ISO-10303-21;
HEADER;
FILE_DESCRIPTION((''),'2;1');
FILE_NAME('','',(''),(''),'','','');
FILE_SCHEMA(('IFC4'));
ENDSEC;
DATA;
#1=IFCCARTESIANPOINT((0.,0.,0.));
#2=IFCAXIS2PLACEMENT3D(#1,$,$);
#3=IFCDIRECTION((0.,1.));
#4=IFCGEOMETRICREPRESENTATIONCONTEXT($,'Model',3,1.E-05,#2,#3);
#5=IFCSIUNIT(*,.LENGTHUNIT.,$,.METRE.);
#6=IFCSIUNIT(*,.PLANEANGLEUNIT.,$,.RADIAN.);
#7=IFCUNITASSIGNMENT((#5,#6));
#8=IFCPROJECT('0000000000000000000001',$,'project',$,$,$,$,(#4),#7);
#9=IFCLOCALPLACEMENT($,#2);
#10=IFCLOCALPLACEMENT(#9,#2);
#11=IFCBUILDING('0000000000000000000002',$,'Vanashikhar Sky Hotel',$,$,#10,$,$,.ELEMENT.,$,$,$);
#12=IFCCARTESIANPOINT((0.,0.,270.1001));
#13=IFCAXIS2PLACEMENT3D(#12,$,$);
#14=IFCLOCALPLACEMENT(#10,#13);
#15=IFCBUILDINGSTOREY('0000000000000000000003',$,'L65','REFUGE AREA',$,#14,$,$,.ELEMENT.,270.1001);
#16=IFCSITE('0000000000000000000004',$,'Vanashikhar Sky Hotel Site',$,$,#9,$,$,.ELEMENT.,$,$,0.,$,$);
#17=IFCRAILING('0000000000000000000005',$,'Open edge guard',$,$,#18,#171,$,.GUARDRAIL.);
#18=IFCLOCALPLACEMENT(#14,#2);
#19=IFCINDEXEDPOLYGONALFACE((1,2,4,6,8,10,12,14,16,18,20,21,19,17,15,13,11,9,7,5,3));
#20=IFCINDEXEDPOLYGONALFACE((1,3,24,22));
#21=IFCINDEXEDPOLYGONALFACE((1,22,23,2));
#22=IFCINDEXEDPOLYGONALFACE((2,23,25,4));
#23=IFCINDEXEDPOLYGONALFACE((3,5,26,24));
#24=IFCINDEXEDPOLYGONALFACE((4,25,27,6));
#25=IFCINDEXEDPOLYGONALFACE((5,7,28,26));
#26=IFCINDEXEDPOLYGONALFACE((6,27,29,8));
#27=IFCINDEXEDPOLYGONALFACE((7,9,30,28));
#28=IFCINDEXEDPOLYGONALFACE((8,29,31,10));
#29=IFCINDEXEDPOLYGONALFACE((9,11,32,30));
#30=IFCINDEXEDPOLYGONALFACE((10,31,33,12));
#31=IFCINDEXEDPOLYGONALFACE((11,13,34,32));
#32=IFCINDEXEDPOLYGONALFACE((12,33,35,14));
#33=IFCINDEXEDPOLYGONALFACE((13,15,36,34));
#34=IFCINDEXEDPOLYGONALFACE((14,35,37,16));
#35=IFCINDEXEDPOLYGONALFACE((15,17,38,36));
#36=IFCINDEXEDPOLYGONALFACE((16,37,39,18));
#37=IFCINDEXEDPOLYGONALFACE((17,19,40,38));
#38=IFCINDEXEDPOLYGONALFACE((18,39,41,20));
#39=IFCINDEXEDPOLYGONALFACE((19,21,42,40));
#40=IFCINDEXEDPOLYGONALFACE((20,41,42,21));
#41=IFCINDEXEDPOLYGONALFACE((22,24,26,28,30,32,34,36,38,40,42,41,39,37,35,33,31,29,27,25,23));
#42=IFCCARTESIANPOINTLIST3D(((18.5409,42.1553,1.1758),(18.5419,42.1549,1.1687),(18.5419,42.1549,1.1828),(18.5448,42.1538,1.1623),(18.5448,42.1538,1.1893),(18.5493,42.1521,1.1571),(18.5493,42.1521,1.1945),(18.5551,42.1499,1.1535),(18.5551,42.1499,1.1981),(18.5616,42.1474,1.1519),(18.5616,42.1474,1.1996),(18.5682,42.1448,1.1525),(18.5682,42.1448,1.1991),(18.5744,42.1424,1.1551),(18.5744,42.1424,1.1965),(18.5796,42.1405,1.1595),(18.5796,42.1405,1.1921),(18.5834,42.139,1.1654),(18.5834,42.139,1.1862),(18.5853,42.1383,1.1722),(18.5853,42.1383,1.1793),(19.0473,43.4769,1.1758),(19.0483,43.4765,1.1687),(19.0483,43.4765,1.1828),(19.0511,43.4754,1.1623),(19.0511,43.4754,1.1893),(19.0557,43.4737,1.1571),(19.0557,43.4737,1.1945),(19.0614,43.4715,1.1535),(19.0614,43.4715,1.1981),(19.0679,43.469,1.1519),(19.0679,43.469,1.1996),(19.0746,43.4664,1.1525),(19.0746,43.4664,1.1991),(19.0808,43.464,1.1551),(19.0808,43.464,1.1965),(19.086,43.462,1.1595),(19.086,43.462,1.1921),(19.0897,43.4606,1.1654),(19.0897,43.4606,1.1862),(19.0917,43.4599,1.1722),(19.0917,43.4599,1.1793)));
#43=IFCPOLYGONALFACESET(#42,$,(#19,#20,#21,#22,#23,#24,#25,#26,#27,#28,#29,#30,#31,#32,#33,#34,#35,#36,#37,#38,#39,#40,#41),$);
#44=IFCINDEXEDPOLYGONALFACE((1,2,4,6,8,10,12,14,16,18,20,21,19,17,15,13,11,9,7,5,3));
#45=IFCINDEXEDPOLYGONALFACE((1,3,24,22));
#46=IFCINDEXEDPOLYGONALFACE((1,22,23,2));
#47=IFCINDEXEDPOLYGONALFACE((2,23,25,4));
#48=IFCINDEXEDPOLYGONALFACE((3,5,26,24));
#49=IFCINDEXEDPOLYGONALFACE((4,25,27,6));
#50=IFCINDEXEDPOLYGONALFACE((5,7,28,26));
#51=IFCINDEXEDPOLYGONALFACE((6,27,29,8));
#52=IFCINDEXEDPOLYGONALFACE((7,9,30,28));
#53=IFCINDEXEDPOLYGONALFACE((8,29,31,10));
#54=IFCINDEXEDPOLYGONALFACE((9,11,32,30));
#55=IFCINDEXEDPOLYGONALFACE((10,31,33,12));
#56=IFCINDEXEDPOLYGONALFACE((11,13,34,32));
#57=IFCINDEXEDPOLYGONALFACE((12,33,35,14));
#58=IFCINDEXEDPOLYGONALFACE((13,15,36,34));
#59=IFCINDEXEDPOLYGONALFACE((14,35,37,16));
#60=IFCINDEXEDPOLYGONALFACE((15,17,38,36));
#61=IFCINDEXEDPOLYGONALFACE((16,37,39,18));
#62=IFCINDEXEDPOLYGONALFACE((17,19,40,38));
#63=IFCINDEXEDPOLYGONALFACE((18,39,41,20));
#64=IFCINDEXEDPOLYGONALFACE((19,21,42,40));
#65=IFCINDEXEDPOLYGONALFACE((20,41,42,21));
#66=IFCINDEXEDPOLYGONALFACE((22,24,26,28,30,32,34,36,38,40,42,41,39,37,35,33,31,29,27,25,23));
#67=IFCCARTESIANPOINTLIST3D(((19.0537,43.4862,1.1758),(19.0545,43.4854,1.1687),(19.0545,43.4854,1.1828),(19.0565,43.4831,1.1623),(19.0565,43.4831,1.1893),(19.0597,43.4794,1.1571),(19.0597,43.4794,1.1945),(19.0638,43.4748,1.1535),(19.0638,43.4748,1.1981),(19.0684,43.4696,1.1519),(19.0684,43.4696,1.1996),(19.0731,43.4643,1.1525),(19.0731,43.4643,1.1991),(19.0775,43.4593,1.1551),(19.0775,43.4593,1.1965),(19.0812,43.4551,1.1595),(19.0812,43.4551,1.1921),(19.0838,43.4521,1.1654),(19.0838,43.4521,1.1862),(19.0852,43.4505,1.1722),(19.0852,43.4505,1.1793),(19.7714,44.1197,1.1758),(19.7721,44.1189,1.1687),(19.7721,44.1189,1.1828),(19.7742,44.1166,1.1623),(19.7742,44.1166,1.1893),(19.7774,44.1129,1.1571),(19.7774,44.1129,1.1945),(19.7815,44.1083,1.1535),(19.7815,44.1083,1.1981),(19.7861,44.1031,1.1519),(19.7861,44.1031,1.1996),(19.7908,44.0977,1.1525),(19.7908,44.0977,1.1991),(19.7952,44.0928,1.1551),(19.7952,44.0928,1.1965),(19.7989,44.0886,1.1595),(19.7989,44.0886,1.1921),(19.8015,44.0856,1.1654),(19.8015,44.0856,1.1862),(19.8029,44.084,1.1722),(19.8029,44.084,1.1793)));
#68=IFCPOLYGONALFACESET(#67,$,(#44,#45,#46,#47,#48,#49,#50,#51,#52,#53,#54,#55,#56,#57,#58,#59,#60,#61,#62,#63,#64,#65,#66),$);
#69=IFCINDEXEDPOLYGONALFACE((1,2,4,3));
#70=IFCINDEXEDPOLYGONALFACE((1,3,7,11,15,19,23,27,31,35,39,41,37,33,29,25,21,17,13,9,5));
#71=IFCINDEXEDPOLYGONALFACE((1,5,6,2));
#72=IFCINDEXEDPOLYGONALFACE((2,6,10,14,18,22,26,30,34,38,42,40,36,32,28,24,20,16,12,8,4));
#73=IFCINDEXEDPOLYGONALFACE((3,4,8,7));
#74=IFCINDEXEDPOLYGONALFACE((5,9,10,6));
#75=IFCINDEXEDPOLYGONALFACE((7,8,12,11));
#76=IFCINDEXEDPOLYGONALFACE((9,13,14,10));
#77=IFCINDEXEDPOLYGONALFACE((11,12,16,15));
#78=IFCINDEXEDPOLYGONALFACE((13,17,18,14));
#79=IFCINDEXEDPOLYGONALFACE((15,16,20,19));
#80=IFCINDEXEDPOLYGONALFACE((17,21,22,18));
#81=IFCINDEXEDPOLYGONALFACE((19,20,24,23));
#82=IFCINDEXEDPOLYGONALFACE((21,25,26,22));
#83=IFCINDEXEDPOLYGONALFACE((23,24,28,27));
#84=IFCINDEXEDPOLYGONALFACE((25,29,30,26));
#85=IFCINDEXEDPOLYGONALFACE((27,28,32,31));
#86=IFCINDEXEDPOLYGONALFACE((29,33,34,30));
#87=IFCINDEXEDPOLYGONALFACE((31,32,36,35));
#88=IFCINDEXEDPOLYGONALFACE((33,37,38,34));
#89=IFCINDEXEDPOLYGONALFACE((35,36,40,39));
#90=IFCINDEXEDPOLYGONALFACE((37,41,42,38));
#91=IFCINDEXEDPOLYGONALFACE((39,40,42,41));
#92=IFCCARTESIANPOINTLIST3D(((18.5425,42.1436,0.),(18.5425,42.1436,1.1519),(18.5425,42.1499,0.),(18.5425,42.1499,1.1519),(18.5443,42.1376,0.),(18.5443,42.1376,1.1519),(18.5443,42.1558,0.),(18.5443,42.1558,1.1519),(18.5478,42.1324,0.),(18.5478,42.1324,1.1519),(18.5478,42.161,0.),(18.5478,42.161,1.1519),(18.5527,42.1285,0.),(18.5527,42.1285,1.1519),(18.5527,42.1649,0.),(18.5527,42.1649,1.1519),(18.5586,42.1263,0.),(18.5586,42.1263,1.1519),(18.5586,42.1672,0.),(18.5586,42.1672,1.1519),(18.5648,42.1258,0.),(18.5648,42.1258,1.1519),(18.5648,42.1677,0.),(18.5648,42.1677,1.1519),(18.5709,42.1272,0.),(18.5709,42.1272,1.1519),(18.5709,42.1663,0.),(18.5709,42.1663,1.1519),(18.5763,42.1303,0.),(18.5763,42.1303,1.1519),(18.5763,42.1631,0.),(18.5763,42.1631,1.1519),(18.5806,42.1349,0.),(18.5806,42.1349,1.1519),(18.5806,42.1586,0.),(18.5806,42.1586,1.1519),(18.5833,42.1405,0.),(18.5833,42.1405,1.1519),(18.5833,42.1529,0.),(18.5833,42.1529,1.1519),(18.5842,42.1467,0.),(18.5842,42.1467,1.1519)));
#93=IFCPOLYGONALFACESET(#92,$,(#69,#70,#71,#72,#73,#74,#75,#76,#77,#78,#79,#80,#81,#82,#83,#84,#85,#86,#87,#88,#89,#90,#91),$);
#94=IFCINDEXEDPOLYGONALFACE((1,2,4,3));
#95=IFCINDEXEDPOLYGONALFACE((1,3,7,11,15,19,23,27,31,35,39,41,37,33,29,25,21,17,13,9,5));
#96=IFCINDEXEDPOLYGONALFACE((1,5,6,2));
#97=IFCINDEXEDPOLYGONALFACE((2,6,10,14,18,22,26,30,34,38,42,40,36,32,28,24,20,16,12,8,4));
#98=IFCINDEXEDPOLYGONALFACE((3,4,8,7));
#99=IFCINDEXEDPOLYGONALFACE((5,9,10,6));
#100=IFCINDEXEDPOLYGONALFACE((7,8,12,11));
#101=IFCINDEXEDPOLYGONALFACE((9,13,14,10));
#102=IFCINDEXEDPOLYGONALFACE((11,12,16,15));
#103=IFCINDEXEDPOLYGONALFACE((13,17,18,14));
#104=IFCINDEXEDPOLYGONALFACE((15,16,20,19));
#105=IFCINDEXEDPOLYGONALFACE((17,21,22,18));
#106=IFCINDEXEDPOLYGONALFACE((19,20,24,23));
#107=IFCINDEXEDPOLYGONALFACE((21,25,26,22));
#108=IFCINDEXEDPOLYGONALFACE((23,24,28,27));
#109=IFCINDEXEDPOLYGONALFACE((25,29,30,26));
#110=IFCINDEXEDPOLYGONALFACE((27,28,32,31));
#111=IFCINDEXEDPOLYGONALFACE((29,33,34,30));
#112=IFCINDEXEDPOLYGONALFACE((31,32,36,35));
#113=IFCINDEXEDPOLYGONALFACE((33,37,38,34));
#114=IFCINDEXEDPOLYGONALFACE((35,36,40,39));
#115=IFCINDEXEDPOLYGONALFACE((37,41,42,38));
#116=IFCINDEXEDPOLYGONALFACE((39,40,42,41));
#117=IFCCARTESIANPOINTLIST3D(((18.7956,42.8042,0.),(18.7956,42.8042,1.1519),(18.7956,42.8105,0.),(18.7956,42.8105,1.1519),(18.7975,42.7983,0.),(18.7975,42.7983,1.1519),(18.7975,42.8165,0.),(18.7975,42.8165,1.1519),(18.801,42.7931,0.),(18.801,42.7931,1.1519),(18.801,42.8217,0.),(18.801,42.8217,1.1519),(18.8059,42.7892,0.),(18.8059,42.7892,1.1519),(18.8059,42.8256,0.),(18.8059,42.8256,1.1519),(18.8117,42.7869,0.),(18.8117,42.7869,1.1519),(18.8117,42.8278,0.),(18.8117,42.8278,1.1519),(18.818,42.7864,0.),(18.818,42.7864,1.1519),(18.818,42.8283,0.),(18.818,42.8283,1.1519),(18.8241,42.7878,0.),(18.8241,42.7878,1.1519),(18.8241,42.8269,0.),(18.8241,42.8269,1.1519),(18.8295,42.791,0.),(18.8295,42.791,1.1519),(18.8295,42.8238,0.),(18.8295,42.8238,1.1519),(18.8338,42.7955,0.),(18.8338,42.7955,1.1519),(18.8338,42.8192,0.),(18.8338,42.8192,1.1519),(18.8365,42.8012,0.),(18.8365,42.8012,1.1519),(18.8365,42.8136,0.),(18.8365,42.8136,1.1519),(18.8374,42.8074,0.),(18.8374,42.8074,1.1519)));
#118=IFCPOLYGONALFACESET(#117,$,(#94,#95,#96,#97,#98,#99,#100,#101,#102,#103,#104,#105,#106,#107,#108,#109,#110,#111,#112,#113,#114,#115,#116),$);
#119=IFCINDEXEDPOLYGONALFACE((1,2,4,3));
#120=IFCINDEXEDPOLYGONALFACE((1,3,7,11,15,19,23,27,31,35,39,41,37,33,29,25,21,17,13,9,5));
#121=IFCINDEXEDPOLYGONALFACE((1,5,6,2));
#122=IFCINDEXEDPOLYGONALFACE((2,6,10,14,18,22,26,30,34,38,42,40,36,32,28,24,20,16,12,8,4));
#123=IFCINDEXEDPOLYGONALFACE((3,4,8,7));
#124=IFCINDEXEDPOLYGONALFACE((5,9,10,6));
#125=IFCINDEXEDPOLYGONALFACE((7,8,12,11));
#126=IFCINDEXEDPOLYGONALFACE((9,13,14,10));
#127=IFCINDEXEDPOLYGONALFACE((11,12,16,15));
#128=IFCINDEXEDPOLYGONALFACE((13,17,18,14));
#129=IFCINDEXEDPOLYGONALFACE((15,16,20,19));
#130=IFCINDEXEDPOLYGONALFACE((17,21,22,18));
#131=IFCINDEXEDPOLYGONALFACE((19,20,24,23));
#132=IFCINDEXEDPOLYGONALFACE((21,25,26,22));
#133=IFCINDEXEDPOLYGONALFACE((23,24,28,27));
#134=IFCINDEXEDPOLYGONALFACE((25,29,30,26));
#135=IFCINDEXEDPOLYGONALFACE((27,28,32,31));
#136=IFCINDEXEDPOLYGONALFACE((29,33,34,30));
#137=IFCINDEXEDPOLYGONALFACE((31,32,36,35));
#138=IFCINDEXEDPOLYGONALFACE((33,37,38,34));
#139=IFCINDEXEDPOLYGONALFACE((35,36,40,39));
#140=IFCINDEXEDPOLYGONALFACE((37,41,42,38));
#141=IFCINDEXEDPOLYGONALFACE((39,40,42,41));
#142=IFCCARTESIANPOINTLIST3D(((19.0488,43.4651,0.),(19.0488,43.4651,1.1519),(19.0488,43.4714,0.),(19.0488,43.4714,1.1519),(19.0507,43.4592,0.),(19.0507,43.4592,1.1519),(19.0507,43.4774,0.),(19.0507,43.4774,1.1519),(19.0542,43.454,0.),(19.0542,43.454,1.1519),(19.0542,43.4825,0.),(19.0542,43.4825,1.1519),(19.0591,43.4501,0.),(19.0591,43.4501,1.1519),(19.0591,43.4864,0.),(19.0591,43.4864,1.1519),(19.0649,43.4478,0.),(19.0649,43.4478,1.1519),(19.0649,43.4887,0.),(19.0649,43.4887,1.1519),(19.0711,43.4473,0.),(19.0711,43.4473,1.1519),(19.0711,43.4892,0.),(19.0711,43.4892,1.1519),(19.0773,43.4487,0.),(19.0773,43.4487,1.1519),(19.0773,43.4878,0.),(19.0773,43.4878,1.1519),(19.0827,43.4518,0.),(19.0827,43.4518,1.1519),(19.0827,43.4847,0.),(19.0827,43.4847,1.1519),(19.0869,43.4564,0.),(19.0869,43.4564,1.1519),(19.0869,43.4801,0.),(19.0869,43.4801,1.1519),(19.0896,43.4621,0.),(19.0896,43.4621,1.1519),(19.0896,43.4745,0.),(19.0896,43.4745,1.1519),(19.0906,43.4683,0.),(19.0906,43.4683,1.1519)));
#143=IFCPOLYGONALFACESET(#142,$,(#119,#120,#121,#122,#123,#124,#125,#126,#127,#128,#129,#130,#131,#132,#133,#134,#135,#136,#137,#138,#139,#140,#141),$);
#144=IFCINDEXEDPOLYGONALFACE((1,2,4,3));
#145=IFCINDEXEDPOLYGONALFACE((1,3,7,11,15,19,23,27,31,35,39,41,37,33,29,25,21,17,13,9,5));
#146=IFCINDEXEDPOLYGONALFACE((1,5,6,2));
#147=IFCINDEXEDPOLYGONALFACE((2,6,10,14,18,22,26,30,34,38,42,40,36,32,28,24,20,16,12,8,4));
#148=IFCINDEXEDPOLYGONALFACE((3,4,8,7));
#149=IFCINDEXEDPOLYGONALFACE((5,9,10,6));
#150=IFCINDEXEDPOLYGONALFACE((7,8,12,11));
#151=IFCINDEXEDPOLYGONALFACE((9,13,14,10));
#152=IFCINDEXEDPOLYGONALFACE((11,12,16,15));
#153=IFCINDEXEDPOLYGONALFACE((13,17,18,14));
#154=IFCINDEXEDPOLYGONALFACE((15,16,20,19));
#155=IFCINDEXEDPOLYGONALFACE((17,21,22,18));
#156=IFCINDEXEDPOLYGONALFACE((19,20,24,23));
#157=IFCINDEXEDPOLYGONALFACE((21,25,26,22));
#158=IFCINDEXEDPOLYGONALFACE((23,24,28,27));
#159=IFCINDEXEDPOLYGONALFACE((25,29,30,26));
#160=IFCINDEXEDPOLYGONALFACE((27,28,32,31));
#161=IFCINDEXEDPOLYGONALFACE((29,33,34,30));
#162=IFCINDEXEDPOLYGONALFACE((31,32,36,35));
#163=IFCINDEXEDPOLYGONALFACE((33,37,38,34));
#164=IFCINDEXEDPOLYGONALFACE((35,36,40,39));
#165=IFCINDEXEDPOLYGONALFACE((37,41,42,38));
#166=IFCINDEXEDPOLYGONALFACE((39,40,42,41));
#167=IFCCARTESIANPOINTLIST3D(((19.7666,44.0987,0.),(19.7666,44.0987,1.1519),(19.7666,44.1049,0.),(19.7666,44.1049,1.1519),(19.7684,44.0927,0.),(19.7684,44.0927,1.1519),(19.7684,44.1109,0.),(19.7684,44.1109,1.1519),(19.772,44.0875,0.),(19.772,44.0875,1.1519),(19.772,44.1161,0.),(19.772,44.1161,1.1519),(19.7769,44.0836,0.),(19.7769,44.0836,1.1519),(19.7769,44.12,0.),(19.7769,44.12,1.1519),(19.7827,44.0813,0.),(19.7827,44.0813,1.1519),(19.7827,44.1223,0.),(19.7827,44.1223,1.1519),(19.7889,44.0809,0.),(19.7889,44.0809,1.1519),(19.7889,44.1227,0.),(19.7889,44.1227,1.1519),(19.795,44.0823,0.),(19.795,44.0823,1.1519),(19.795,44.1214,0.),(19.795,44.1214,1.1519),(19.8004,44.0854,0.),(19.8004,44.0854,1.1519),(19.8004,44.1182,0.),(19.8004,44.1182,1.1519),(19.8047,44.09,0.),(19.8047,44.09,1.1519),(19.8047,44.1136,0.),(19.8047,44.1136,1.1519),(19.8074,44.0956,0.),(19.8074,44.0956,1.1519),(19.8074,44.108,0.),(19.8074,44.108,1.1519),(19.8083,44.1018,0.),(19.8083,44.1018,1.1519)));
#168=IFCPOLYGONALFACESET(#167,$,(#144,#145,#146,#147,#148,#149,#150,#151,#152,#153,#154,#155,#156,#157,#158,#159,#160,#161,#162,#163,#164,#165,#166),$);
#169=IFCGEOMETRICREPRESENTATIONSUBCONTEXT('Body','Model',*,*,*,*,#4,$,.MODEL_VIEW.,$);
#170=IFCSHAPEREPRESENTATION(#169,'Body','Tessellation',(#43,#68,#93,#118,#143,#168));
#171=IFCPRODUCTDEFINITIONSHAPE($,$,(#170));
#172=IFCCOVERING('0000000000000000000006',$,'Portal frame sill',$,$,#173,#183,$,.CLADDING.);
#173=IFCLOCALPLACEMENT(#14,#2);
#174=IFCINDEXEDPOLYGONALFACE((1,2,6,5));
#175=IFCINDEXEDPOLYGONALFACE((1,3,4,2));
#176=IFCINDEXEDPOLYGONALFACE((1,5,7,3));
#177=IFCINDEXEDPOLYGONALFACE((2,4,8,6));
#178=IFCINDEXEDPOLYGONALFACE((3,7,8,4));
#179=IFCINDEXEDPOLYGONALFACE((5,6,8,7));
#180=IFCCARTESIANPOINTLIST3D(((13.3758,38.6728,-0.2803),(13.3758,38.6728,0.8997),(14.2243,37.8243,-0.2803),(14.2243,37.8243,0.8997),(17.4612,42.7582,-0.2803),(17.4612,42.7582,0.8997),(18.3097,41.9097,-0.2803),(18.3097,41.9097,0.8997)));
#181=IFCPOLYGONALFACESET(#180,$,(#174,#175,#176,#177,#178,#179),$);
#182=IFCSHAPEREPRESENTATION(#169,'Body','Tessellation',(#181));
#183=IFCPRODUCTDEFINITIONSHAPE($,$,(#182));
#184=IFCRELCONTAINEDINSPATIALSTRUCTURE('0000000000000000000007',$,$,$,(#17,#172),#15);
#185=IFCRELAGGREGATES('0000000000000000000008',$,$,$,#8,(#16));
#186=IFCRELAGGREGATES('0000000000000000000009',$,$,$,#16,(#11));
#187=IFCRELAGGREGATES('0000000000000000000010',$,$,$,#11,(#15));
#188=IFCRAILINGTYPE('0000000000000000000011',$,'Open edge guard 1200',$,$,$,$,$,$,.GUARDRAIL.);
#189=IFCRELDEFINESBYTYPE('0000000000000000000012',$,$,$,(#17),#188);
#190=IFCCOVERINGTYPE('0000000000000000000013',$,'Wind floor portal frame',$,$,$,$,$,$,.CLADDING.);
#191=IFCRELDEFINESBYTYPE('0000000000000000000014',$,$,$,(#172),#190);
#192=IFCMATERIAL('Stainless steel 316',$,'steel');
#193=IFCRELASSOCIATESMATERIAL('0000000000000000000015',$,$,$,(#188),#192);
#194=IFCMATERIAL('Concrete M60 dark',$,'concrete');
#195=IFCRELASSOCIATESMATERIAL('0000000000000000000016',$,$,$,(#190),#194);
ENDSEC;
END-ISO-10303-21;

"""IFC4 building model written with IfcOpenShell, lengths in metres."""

from ifc_helpers import new_model, si_unit, direction, frame, origin, origin_2d, place, context, subcontext, project, spatial, rectangle, circle, extrude, source, transform, mapped, material, type_object, element, save


model = new_model("IFC4")

# Units and contexts
model_context = context("Model", 3, precision=1e-05, world=origin(), true_north=direction((0.0, 1.0)))
body_context = subcontext(model_context, "Body", "Model", "MODEL_VIEW")
ifc_project = project(units=[si_unit("LENGTHUNIT", "METRE"), si_unit("PLANEANGLEUNIT", "RADIAN")], contexts=[model_context])

# Site, building, storey
site_placement = place(None, origin())
site = spatial("IfcSite", under=ifc_project, at=site_placement, Name="Vanashikhar Sky Hotel Site", CompositionType="ELEMENT", RefElevation=0.0)
building_placement = place(site_placement, origin())
building = spatial("IfcBuilding", under=site, at=building_placement, Name="Vanashikhar Sky Hotel", CompositionType="ELEMENT")
storey_placement = place(building_placement, frame((0.0, 0.0, 270.1001)))
storey = spatial("IfcBuildingStorey", under=building, at=storey_placement, Name="L65", Description="REFUGE AREA", CompositionType="ELEMENT", Elevation=270.1001)

# Shared definitions
ifc_material_1 = material(Name="Stainless steel 316", Category="steel")
railing_type = type_object("IfcRailingType", Name="Open edge guard 1200", PredefinedType="GUARDRAIL", material=ifc_material_1)

# Shared definitions
ifc_material_2 = material(Name="Concrete M60 dark", Category="concrete")
covering_type = type_object("IfcCoveringType", Name="Wind floor portal frame", PredefinedType="CLADDING", material=ifc_material_2)

# Railing
shared_shape_1 = source(origin(), body_context, "Body", "SweptSolid", [
    extrude(circle(Radius=0.0239, at=origin_2d()), frame((0.0, 0.0, 1.1758), z_axis=(0.357788, 0.933803, 0.0), x_axis=(-0.933803, 0.357788, 0.0)), (0.0, 0.0, 1.0), 1.4153),
    extrude(circle(Radius=0.0239, at=origin_2d()), frame((0.5063, 1.3215, 1.1758), z_axis=(0.749726, 0.661748, 0.0), x_axis=(-0.661748, 0.749726, 0.0)), (0.0, 0.0, 1.0), 0.9573),
    extrude(circle(Radius=0.021, at=origin_2d()), origin(), (0.0, 0.0, 1.0), 1.1519),
    extrude(circle(Radius=0.021, at=origin_2d()), frame((0.2532, 0.6606, 0.0)), (0.0, 0.0, 1.0), 1.1519),
    extrude(circle(Radius=0.021, at=origin_2d()), frame((0.5063, 1.3215, 0.0)), (0.0, 0.0, 1.0), 1.1519),
    extrude(circle(Radius=0.021, at=origin_2d()), frame((1.2241, 1.9551, 0.0)), (0.0, 0.0, 1.0), 1.1519),
])
railing_1_placement = place(storey_placement, frame((18.5632, 42.1467, 0.0)))
element("IfcRailing", 1, at=railing_1_placement, inside=storey, type_object=railing_type, Name="Open edge guard", PredefinedType="GUARDRAIL", context=body_context, shape_type="MappedRepresentation", body=[
    mapped(shared_shape_1, transform((0.0, 0.0, 0.0), scale=1.0)),
])

# Covering
shared_shape_2 = source(origin(), body_context, "Body", "SweptSolid", [
    extrude(rectangle(XDim=5.7776, YDim=1.2, at=origin_2d()), origin(), (0.0, 0.0, 1.0), 1.1799),
])
covering_1_placement = place(storey_placement, frame((15.8428, 40.2913, -0.2803), z_axis=(0.0, 0.0, 1.0), x_axis=(-0.707107, -0.707107, 0.0)))
element("IfcCovering", 2, at=covering_1_placement, inside=storey, type_object=covering_type, Name="Portal frame sill", PredefinedType="CLADDING", context=body_context, shape_type="MappedRepresentation", body=[
    mapped(shared_shape_2, transform((0.0, 0.0, 0.0), scale=1.0)),
])

save(model, "model.ifc")
